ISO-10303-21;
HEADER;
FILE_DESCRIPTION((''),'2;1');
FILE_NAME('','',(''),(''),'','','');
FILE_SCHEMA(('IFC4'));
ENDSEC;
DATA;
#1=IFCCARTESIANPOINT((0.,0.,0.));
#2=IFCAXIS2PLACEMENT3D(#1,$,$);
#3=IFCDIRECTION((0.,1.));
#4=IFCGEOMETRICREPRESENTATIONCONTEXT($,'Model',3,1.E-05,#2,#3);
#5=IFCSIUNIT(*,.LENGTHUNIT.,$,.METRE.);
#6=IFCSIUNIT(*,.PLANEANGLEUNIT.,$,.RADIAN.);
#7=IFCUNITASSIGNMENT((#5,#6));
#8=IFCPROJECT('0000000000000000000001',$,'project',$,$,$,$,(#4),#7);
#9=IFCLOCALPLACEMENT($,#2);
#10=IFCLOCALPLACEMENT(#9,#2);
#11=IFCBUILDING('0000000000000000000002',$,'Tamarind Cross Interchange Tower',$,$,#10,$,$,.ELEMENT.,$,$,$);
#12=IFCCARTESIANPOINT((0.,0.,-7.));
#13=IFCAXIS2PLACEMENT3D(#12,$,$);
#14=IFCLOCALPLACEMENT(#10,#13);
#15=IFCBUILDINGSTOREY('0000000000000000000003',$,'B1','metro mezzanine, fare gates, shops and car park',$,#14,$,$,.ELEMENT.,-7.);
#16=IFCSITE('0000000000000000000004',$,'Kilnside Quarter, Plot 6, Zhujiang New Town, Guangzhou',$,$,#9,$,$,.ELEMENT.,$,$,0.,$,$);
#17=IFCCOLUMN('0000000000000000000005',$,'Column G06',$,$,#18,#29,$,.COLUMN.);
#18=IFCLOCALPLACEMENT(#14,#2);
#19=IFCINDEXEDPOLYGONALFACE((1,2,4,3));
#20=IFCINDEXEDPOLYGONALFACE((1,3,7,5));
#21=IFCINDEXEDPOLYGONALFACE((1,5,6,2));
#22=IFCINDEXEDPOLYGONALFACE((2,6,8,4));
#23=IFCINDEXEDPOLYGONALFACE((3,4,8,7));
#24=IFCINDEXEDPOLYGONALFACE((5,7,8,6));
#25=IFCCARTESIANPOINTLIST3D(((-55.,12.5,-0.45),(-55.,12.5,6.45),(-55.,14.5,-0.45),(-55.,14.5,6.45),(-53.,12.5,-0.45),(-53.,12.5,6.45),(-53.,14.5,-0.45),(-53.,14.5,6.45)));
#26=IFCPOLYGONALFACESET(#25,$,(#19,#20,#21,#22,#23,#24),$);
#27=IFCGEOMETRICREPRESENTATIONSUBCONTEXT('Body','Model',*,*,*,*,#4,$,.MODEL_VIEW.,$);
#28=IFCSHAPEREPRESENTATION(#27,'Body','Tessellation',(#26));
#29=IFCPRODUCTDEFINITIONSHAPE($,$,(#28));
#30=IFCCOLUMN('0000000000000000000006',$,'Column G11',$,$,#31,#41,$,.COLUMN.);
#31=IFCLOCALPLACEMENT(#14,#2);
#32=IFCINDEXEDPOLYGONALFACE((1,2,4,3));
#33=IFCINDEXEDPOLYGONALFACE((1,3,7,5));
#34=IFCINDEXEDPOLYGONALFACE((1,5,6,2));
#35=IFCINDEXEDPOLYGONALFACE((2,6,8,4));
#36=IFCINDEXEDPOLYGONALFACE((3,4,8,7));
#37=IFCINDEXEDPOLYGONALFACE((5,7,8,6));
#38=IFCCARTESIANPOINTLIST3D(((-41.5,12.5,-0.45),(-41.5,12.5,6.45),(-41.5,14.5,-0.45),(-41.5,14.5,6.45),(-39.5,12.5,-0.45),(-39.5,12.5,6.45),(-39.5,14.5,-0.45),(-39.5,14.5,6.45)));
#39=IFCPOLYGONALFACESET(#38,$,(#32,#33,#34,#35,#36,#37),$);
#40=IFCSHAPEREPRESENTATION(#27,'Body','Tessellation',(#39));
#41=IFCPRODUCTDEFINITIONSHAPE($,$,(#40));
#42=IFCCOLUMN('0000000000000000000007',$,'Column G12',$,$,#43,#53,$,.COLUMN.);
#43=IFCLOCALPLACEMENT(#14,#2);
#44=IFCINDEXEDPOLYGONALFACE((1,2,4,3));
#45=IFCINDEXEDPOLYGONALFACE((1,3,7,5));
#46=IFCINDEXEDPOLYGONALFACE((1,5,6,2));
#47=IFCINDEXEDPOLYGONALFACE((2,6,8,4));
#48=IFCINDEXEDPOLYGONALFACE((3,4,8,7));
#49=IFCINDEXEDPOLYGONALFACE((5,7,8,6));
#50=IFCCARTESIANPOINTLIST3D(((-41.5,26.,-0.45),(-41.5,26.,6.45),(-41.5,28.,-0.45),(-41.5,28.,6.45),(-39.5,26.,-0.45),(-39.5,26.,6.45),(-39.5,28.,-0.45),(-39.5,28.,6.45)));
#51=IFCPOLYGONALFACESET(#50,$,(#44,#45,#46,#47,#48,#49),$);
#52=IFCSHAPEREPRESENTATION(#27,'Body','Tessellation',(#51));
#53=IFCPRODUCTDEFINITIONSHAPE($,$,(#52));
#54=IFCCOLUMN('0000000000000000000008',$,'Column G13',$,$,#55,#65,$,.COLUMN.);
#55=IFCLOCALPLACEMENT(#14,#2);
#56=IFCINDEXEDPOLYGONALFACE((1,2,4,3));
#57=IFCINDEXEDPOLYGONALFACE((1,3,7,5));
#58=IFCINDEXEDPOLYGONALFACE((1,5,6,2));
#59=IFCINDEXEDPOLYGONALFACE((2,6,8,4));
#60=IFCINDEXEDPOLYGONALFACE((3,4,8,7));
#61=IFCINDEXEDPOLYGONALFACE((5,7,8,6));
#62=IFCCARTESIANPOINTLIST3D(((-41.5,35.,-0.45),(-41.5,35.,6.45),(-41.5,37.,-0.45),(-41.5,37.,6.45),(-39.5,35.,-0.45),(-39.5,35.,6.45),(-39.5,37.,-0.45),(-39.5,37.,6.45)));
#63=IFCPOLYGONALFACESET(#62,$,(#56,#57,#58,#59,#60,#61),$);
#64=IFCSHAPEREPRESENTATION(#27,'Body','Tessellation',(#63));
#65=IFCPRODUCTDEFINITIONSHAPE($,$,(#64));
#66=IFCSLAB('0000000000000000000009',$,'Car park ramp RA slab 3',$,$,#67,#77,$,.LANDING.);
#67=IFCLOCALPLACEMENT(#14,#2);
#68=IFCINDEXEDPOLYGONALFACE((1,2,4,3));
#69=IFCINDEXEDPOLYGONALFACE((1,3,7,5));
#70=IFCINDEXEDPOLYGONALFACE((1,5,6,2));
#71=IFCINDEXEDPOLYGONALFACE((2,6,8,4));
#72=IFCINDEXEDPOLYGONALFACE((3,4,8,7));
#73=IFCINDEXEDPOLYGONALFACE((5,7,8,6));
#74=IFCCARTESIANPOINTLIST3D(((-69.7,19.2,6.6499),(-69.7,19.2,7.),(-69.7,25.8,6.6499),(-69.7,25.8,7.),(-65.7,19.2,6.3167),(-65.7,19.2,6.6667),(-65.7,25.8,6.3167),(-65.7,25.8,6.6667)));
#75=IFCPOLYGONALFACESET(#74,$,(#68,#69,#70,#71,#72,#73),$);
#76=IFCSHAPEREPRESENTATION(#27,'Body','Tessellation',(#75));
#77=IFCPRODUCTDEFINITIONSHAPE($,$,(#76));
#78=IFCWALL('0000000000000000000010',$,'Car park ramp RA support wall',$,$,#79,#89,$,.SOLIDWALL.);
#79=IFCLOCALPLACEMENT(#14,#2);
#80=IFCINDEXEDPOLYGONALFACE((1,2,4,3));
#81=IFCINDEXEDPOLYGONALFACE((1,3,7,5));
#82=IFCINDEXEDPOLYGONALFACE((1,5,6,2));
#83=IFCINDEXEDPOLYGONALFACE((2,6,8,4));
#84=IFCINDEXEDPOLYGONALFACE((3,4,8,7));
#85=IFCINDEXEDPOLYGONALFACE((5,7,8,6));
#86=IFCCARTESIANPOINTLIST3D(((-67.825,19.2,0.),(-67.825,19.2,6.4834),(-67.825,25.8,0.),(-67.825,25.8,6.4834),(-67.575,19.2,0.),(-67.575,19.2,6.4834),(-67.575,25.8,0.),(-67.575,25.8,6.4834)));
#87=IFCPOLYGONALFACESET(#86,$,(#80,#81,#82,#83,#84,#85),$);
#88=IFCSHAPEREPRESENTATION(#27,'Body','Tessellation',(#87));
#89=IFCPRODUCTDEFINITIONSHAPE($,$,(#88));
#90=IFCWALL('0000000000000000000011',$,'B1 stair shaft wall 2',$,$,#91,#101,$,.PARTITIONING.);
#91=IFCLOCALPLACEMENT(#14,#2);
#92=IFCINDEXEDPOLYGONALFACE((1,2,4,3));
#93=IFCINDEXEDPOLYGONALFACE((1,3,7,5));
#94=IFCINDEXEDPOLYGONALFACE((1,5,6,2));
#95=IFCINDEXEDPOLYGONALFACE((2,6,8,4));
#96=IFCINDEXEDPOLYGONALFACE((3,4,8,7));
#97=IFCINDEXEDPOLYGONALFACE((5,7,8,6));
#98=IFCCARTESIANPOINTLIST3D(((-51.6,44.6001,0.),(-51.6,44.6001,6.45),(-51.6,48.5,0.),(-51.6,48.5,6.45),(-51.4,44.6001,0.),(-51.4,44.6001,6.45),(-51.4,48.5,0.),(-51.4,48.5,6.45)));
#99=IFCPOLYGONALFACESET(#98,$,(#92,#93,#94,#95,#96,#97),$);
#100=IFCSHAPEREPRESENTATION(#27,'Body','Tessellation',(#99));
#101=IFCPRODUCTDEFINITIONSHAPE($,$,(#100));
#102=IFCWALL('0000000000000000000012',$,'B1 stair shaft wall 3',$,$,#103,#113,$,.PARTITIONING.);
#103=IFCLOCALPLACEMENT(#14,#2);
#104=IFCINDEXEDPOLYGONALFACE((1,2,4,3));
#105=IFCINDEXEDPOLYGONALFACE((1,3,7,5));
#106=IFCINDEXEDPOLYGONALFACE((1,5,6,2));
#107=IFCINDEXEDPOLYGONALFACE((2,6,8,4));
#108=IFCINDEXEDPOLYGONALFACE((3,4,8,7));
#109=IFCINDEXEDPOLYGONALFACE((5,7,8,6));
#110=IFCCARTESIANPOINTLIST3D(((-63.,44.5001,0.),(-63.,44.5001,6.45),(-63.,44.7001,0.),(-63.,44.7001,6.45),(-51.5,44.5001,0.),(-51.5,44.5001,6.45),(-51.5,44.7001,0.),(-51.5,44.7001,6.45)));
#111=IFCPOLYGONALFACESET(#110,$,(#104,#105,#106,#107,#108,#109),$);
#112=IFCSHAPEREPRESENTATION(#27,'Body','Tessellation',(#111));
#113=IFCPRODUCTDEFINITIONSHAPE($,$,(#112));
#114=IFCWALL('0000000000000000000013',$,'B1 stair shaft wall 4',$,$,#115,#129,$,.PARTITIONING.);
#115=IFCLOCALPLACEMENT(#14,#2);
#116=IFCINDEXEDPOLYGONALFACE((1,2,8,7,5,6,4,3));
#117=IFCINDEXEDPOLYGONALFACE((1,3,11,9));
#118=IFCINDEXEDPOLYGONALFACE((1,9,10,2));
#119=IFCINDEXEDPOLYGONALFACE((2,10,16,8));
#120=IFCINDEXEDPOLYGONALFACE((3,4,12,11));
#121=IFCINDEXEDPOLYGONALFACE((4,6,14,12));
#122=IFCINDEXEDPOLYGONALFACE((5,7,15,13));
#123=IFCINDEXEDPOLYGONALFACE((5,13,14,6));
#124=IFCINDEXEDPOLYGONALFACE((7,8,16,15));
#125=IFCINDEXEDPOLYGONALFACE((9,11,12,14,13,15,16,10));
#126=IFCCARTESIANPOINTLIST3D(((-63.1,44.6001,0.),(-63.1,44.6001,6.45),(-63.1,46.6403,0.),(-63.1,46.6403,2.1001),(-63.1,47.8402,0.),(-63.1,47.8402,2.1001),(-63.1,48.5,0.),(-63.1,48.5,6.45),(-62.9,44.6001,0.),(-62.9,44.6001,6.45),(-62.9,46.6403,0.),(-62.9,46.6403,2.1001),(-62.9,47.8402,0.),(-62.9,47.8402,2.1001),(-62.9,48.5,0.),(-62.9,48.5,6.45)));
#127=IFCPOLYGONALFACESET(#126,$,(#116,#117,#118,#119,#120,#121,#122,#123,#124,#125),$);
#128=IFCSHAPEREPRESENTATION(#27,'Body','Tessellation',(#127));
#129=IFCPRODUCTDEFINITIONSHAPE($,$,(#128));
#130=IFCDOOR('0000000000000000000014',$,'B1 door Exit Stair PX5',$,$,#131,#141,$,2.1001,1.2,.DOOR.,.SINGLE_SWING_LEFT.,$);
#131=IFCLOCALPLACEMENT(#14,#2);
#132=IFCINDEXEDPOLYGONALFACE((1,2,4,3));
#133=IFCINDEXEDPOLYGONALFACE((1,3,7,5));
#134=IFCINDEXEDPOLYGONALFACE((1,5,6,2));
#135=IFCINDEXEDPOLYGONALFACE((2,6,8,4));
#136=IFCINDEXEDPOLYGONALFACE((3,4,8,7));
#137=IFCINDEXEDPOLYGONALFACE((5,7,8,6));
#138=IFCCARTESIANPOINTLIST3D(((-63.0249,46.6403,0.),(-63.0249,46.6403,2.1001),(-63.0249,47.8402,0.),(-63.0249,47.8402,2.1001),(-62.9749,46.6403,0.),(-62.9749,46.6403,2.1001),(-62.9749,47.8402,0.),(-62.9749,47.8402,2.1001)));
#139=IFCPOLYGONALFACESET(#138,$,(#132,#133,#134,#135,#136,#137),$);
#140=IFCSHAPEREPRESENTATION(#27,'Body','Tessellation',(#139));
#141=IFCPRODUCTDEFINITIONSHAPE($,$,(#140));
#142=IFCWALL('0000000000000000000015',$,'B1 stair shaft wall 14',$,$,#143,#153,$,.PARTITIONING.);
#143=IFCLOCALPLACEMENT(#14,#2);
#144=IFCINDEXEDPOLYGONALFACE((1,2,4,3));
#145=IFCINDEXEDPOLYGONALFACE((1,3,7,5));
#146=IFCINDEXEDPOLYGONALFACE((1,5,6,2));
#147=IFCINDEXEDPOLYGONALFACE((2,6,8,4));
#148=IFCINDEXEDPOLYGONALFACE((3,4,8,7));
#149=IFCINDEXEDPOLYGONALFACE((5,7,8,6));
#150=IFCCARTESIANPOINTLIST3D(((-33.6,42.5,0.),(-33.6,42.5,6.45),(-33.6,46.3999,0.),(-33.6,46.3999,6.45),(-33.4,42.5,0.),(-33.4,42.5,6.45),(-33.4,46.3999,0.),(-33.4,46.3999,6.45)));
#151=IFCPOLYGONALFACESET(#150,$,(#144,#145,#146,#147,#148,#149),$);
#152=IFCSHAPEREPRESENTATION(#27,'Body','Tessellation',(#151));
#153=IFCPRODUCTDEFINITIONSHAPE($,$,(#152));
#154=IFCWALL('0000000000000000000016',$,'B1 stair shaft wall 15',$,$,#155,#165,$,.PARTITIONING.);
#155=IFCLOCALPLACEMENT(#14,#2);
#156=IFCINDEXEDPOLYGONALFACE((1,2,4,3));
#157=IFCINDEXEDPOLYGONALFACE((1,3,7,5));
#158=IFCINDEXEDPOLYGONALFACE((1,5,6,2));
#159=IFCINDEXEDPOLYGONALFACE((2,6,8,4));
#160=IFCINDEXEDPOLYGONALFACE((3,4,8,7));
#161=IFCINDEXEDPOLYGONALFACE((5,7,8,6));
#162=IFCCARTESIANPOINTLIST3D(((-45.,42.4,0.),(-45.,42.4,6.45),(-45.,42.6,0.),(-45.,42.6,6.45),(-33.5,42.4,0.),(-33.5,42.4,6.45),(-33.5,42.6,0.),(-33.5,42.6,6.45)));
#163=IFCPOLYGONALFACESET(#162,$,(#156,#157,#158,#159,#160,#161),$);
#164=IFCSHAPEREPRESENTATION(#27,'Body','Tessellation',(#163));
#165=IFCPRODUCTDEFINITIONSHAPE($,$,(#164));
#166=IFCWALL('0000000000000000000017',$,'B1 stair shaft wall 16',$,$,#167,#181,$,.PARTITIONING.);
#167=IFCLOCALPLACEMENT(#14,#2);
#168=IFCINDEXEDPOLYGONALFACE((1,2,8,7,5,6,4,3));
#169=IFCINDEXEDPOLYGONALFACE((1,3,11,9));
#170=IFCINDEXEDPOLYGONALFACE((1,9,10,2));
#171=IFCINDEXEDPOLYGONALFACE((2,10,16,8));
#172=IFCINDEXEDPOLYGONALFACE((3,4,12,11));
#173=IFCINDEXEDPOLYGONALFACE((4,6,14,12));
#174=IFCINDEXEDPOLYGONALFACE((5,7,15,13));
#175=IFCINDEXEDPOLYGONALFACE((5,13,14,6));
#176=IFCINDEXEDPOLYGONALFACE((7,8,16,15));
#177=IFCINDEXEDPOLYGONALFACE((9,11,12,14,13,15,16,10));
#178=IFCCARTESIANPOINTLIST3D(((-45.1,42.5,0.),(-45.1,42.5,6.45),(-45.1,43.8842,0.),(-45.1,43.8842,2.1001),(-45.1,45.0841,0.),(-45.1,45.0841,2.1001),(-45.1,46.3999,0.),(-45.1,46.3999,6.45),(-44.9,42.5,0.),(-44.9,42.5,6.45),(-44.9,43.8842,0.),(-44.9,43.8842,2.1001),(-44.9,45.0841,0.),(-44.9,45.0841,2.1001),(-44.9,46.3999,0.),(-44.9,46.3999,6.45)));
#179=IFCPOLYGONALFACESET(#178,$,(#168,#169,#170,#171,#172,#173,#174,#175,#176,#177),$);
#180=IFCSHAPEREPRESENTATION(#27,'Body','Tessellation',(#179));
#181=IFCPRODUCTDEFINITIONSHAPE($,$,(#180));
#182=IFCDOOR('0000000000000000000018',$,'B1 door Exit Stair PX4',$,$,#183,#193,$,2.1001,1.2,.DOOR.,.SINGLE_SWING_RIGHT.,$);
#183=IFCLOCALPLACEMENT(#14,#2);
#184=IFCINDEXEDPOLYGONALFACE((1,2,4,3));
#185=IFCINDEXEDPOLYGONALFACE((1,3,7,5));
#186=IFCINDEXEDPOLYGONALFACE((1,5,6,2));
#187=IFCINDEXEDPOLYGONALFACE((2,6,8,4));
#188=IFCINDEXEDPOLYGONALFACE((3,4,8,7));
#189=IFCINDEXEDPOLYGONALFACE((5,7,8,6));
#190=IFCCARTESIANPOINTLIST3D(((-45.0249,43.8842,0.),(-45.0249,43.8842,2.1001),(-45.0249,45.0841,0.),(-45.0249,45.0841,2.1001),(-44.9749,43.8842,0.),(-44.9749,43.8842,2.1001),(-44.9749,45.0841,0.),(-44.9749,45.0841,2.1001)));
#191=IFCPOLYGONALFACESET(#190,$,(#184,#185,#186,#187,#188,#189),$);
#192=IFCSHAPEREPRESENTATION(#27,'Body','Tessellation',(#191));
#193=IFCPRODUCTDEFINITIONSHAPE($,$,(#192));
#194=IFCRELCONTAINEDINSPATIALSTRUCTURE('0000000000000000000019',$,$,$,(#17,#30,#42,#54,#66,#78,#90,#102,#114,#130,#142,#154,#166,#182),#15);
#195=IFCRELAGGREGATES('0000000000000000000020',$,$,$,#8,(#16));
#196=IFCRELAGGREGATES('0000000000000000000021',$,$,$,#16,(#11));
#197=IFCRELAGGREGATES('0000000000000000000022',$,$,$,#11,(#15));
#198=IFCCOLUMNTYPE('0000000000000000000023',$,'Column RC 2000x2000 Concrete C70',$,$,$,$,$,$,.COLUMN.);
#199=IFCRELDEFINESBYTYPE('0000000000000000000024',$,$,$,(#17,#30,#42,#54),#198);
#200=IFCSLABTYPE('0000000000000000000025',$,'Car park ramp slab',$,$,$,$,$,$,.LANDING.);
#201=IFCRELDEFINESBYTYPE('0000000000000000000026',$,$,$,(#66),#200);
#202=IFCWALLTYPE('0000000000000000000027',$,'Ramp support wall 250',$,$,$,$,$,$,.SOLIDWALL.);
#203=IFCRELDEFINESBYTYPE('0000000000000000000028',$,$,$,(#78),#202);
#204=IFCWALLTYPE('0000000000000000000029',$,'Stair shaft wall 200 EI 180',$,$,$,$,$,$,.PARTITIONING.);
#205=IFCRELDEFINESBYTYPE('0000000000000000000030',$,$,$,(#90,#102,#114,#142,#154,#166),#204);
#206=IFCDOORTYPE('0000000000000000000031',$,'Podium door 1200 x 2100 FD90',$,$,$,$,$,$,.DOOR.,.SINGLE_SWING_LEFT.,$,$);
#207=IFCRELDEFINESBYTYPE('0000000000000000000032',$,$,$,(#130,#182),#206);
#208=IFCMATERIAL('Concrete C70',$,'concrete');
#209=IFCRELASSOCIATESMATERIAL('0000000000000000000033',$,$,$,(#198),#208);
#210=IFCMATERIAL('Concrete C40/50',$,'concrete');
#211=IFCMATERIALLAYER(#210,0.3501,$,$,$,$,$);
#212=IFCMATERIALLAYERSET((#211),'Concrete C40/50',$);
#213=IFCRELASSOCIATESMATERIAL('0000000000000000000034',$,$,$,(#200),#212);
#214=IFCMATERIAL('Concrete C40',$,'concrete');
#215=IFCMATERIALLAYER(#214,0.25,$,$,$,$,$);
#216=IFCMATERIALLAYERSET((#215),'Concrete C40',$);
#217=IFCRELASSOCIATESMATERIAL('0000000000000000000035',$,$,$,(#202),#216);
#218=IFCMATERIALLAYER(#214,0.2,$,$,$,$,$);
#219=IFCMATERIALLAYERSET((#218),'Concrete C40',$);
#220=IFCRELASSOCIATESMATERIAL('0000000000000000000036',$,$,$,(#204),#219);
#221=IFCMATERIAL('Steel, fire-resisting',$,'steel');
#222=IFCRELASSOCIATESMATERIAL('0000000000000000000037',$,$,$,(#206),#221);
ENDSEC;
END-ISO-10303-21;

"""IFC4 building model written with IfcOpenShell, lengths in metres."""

from ifc_helpers import new_model, si_unit, direction, frame, frame_2d, origin, origin_2d, place, context, subcontext, project, spatial, polyline, rectangle, outline, extrude, material, layer, layer_set, material_profile, profile_set, type_object, element, fill, save


model = new_model("IFC4")

# Units and contexts
model_context = context("Model", 3, precision=1e-05, world=origin(), true_north=direction((0.0, 1.0)))
body_context = subcontext(model_context, "Body", "Model", "MODEL_VIEW")
ifc_project = project(units=[si_unit("LENGTHUNIT", "METRE"), si_unit("PLANEANGLEUNIT", "RADIAN")], contexts=[model_context])

# Site, building, storey
site_placement = place(None, origin())
site = spatial("IfcSite", under=ifc_project, at=site_placement, Name="Kilnside Quarter, Plot 6, Zhujiang New Town, Guangzhou", CompositionType="ELEMENT", RefElevation=0.0)
building_placement = place(site_placement, origin())
building = spatial("IfcBuilding", under=site, at=building_placement, Name="Tamarind Cross Interchange Tower", CompositionType="ELEMENT")
storey_placement = place(building_placement, frame((0.0, 0.0, -7.0)))
storey = spatial("IfcBuildingStorey", under=building, at=storey_placement, Name="B1", Description="metro mezzanine, fare gates, shops and car park", CompositionType="ELEMENT", Elevation=-7.0)

# Columns
ifc_material_1 = material(Name="Concrete C70", Category="concrete")
ifc_material_profile = material_profile(ifc_material_1, rectangle(XDim=2.0, YDim=2.0, at=origin_2d()), Name="RC 2000x2000")
ifc_profile_set = profile_set([ifc_material_profile], Name="Concrete C70")
column_type = type_object("IfcColumnType", Name="Column RC 2000x2000 Concrete C70", PredefinedType="COLUMN", material=ifc_profile_set)
for number, where, z_axis, x_axis, name in (
    (1, (-54.0, 13.5, -0.45), (0.0, 0.0, 1.0), (1.0, 0.0, 0.0), "Column G06"),
    (2, (-40.5, 13.5, -0.45), (0.0, 0.0, 1.0), (1.0, 0.0, 0.0), "Column G11"),
    (3, (-40.5, 27.0, -0.45), (0.0, 0.0, 1.0), (1.0, 0.0, 0.0), "Column G12"),
    (4, (-40.5, 36.0, -0.45), (0.0, 0.0, 1.0), (1.0, 0.0, 0.0), "Column G13"),
):
    element("IfcColumn", number, at=place(storey_placement, frame(where, z_axis=z_axis, x_axis=x_axis)), inside=storey, type_object=column_type, Name=name, PredefinedType="COLUMN", context=body_context, shape_type="SweptSolid", body=[
        extrude(rectangle(XDim=2.0, YDim=2.0, at=origin_2d()), origin(), (0.0, 0.0, 1.0), 6.8999),
    ])

# Slab
ifc_material_2 = material(Name="Concrete C40/50", Category="concrete")
ifc_layer_1 = layer(ifc_material_2, 0.3501)
ifc_layer_set_1 = layer_set([ifc_layer_1], Name="Concrete C40/50")
slab_type = type_object("IfcSlabType", Name="Car park ramp slab", PredefinedType="LANDING", material=ifc_layer_set_1)
slab_placement = place(storey_placement, frame((-65.7, 22.5, 0.0), z_axis=(0.0, 0.0, 1.0), x_axis=(-1.0, 0.0, 0.0)))
element("IfcSlab", 5, at=slab_placement, inside=storey, type_object=slab_type, Name="Car park ramp RA slab 3", PredefinedType="LANDING", context=body_context, shape_type="SweptSolid", body=[
    extrude(outline(polyline([(0.0, 6.3167), (4.0, 6.6499), (4.0, 7.0), (0.0, 6.6667), (0.0, 6.3167)])), frame((0.0, 3.3, 0.0), z_axis=(0.0, -1.0, 0.0), x_axis=(1.0, 0.0, 0.0)), (0.0, 0.0, 1.0), 6.6001),
])

# Walls
ifc_material_3 = material(Name="Concrete C40", Category="concrete")
ifc_layer_2 = layer(ifc_material_3, 0.25)
ifc_layer_set_2 = layer_set([ifc_layer_2], Name="Concrete C40")
wall_type_1 = type_object("IfcWallType", Name="Ramp support wall 250", PredefinedType="SOLIDWALL", material=ifc_layer_set_2)
wall_1_placement = place(storey_placement, frame((-67.7, 19.2, 0.0), z_axis=(0.0, 0.0, 1.0), x_axis=(0.0, 1.0, 0.0)))
element("IfcWall", 6, at=wall_1_placement, inside=storey, type_object=wall_type_1, Name="Car park ramp RA support wall", PredefinedType="SOLIDWALL", context=body_context, shape_type="SweptSolid", body=[
    extrude(rectangle(XDim=6.6001, YDim=0.25, at=frame_2d((3.3, 0.0))), origin(), (0.0, 0.0, 1.0), 6.4834),
])
ifc_layer_3 = layer(ifc_material_3, 0.2)
ifc_layer_set_3 = layer_set([ifc_layer_3], Name="Concrete C40")
wall_type_2 = type_object("IfcWallType", Name="Stair shaft wall 200 EI 180", PredefinedType="PARTITIONING", material=ifc_layer_set_3)
wall_2_placement = place(storey_placement, frame((-51.5, 44.6001, 0.0), z_axis=(0.0, 0.0, 1.0), x_axis=(0.0, 1.0, 0.0)))
element("IfcWall", 7, at=wall_2_placement, inside=storey, type_object=wall_type_2, Name="B1 stair shaft wall 2", PredefinedType="PARTITIONING", context=body_context, shape_type="SweptSolid", body=[
    extrude(rectangle(XDim=3.8999, YDim=0.2, at=frame_2d((1.95, 0.0))), origin(), (0.0, 0.0, 1.0), 6.45),
])
wall_3_placement = place(storey_placement, frame((-63.0, 44.6001, 0.0), z_axis=(0.0, 0.0, 1.0), x_axis=(1.0, 0.0, 0.0)))
element("IfcWall", 8, at=wall_3_placement, inside=storey, type_object=wall_type_2, Name="B1 stair shaft wall 3", PredefinedType="PARTITIONING", context=body_context, shape_type="SweptSolid", body=[
    extrude(rectangle(XDim=11.5, YDim=0.2, at=frame_2d((5.75, 0.0))), origin(), (0.0, 0.0, 1.0), 6.45),
])

# Wall, opening, door
wall_4_placement = place(storey_placement, frame((-63.0, 44.6001, 0.0), z_axis=(0.0, 0.0, 1.0), x_axis=(0.0, 1.0, 0.0)))
wall_4 = element("IfcWall", 9, at=wall_4_placement, inside=storey, type_object=wall_type_2, Name="B1 stair shaft wall 4", PredefinedType="PARTITIONING", context=body_context, shape_type="SweptSolid", body=[
    extrude(rectangle(XDim=3.8999, YDim=0.2, at=frame_2d((1.95, 0.0))), origin(), (0.0, 0.0, 1.0), 6.45),
])
opening_1_placement = place(wall_4_placement, frame((2.04, 0.0, 0.0)))
opening_1 = element("IfcOpeningElement", 10, at=opening_1_placement, cuts=wall_4, PredefinedType="OPENING", context=body_context, shape_type="SweptSolid", body=[
    extrude(rectangle(XDim=1.2, YDim=2.1001, at=frame_2d((0.6001, 1.05))), frame((0.0, 0.1099, 0.0), z_axis=(0.0, -1.0, 0.0), x_axis=(1.0, 0.0, 0.0)), (0.0, 0.0, 1.0), 0.22),
])
ifc_material_4 = material(Name="Steel, fire-resisting", Category="steel")
door_type = type_object("IfcDoorType", Name="Podium door 1200 x 2100 FD90", OperationType="SINGLE_SWING_LEFT", PredefinedType="DOOR", material=ifc_material_4)
door_1_placement = place(opening_1_placement, origin())
door_1 = element("IfcDoor", 11, at=door_1_placement, inside=storey, type_object=door_type, Name="B1 door Exit Stair PX5", OperationType="SINGLE_SWING_LEFT", OverallHeight=2.1001, OverallWidth=1.2, PredefinedType="DOOR", context=body_context, shape_type="SweptSolid", body=[
    extrude(rectangle(XDim=1.2, YDim=2.1001, at=frame_2d((0.6001, 1.05))), frame((0.0, 0.0249, 0.0), z_axis=(0.0, -1.0, 0.0), x_axis=(1.0, 0.0, 0.0)), (0.0, 0.0, 1.0), 0.05),
])
fill(opening_1, door_1)

# Walls
wall_5_placement = place(storey_placement, frame((-33.5, 42.5, 0.0), z_axis=(0.0, 0.0, 1.0), x_axis=(0.0, 1.0, 0.0)))
element("IfcWall", 12, at=wall_5_placement, inside=storey, type_object=wall_type_2, Name="B1 stair shaft wall 14", PredefinedType="PARTITIONING", context=body_context, shape_type="SweptSolid", body=[
    extrude(rectangle(XDim=3.8999, YDim=0.2, at=frame_2d((1.95, 0.0))), origin(), (0.0, 0.0, 1.0), 6.45),
])
wall_6_placement = place(storey_placement, frame((-45.0, 42.5, 0.0), z_axis=(0.0, 0.0, 1.0), x_axis=(1.0, 0.0, 0.0)))
element("IfcWall", 13, at=wall_6_placement, inside=storey, type_object=wall_type_2, Name="B1 stair shaft wall 15", PredefinedType="PARTITIONING", context=body_context, shape_type="SweptSolid", body=[
    extrude(rectangle(XDim=11.5, YDim=0.2, at=frame_2d((5.75, 0.0))), origin(), (0.0, 0.0, 1.0), 6.45),
])

# Wall, opening, door
wall_7_placement = place(storey_placement, frame((-45.0, 42.5, 0.0), z_axis=(0.0, 0.0, 1.0), x_axis=(0.0, 1.0, 0.0)))
wall_7 = element("IfcWall", 14, at=wall_7_placement, inside=storey, type_object=wall_type_2, Name="B1 stair shaft wall 16", PredefinedType="PARTITIONING", context=body_context, shape_type="SweptSolid", body=[
    extrude(rectangle(XDim=3.8999, YDim=0.2, at=frame_2d((1.95, 0.0))), origin(), (0.0, 0.0, 1.0), 6.45),
])
opening_2_placement = place(wall_7_placement, frame((1.384, 0.0, 0.0)))
opening_2 = element("IfcOpeningElement", 15, at=opening_2_placement, cuts=wall_7, PredefinedType="OPENING", context=body_context, shape_type="SweptSolid", body=[
    extrude(rectangle(XDim=1.2, YDim=2.1001, at=frame_2d((0.6001, 1.05))), frame((0.0, 0.1099, 0.0), z_axis=(0.0, -1.0, 0.0), x_axis=(1.0, 0.0, 0.0)), (0.0, 0.0, 1.0), 0.22),
])
door_2_placement = place(opening_2_placement, origin())
door_2 = element("IfcDoor", 16, at=door_2_placement, inside=storey, type_object=door_type, Name="B1 door Exit Stair PX4", OperationType="SINGLE_SWING_RIGHT", OverallHeight=2.1001, OverallWidth=1.2, PredefinedType="DOOR", context=body_context, shape_type="SweptSolid", body=[
    extrude(rectangle(XDim=1.2, YDim=2.1001, at=frame_2d((0.6001, 1.05))), frame((0.0, 0.0249, 0.0), z_axis=(0.0, -1.0, 0.0), x_axis=(1.0, 0.0, 0.0)), (0.0, 0.0, 1.0), 0.05),
])
fill(opening_2, door_2)

save(model, "model.ifc")
